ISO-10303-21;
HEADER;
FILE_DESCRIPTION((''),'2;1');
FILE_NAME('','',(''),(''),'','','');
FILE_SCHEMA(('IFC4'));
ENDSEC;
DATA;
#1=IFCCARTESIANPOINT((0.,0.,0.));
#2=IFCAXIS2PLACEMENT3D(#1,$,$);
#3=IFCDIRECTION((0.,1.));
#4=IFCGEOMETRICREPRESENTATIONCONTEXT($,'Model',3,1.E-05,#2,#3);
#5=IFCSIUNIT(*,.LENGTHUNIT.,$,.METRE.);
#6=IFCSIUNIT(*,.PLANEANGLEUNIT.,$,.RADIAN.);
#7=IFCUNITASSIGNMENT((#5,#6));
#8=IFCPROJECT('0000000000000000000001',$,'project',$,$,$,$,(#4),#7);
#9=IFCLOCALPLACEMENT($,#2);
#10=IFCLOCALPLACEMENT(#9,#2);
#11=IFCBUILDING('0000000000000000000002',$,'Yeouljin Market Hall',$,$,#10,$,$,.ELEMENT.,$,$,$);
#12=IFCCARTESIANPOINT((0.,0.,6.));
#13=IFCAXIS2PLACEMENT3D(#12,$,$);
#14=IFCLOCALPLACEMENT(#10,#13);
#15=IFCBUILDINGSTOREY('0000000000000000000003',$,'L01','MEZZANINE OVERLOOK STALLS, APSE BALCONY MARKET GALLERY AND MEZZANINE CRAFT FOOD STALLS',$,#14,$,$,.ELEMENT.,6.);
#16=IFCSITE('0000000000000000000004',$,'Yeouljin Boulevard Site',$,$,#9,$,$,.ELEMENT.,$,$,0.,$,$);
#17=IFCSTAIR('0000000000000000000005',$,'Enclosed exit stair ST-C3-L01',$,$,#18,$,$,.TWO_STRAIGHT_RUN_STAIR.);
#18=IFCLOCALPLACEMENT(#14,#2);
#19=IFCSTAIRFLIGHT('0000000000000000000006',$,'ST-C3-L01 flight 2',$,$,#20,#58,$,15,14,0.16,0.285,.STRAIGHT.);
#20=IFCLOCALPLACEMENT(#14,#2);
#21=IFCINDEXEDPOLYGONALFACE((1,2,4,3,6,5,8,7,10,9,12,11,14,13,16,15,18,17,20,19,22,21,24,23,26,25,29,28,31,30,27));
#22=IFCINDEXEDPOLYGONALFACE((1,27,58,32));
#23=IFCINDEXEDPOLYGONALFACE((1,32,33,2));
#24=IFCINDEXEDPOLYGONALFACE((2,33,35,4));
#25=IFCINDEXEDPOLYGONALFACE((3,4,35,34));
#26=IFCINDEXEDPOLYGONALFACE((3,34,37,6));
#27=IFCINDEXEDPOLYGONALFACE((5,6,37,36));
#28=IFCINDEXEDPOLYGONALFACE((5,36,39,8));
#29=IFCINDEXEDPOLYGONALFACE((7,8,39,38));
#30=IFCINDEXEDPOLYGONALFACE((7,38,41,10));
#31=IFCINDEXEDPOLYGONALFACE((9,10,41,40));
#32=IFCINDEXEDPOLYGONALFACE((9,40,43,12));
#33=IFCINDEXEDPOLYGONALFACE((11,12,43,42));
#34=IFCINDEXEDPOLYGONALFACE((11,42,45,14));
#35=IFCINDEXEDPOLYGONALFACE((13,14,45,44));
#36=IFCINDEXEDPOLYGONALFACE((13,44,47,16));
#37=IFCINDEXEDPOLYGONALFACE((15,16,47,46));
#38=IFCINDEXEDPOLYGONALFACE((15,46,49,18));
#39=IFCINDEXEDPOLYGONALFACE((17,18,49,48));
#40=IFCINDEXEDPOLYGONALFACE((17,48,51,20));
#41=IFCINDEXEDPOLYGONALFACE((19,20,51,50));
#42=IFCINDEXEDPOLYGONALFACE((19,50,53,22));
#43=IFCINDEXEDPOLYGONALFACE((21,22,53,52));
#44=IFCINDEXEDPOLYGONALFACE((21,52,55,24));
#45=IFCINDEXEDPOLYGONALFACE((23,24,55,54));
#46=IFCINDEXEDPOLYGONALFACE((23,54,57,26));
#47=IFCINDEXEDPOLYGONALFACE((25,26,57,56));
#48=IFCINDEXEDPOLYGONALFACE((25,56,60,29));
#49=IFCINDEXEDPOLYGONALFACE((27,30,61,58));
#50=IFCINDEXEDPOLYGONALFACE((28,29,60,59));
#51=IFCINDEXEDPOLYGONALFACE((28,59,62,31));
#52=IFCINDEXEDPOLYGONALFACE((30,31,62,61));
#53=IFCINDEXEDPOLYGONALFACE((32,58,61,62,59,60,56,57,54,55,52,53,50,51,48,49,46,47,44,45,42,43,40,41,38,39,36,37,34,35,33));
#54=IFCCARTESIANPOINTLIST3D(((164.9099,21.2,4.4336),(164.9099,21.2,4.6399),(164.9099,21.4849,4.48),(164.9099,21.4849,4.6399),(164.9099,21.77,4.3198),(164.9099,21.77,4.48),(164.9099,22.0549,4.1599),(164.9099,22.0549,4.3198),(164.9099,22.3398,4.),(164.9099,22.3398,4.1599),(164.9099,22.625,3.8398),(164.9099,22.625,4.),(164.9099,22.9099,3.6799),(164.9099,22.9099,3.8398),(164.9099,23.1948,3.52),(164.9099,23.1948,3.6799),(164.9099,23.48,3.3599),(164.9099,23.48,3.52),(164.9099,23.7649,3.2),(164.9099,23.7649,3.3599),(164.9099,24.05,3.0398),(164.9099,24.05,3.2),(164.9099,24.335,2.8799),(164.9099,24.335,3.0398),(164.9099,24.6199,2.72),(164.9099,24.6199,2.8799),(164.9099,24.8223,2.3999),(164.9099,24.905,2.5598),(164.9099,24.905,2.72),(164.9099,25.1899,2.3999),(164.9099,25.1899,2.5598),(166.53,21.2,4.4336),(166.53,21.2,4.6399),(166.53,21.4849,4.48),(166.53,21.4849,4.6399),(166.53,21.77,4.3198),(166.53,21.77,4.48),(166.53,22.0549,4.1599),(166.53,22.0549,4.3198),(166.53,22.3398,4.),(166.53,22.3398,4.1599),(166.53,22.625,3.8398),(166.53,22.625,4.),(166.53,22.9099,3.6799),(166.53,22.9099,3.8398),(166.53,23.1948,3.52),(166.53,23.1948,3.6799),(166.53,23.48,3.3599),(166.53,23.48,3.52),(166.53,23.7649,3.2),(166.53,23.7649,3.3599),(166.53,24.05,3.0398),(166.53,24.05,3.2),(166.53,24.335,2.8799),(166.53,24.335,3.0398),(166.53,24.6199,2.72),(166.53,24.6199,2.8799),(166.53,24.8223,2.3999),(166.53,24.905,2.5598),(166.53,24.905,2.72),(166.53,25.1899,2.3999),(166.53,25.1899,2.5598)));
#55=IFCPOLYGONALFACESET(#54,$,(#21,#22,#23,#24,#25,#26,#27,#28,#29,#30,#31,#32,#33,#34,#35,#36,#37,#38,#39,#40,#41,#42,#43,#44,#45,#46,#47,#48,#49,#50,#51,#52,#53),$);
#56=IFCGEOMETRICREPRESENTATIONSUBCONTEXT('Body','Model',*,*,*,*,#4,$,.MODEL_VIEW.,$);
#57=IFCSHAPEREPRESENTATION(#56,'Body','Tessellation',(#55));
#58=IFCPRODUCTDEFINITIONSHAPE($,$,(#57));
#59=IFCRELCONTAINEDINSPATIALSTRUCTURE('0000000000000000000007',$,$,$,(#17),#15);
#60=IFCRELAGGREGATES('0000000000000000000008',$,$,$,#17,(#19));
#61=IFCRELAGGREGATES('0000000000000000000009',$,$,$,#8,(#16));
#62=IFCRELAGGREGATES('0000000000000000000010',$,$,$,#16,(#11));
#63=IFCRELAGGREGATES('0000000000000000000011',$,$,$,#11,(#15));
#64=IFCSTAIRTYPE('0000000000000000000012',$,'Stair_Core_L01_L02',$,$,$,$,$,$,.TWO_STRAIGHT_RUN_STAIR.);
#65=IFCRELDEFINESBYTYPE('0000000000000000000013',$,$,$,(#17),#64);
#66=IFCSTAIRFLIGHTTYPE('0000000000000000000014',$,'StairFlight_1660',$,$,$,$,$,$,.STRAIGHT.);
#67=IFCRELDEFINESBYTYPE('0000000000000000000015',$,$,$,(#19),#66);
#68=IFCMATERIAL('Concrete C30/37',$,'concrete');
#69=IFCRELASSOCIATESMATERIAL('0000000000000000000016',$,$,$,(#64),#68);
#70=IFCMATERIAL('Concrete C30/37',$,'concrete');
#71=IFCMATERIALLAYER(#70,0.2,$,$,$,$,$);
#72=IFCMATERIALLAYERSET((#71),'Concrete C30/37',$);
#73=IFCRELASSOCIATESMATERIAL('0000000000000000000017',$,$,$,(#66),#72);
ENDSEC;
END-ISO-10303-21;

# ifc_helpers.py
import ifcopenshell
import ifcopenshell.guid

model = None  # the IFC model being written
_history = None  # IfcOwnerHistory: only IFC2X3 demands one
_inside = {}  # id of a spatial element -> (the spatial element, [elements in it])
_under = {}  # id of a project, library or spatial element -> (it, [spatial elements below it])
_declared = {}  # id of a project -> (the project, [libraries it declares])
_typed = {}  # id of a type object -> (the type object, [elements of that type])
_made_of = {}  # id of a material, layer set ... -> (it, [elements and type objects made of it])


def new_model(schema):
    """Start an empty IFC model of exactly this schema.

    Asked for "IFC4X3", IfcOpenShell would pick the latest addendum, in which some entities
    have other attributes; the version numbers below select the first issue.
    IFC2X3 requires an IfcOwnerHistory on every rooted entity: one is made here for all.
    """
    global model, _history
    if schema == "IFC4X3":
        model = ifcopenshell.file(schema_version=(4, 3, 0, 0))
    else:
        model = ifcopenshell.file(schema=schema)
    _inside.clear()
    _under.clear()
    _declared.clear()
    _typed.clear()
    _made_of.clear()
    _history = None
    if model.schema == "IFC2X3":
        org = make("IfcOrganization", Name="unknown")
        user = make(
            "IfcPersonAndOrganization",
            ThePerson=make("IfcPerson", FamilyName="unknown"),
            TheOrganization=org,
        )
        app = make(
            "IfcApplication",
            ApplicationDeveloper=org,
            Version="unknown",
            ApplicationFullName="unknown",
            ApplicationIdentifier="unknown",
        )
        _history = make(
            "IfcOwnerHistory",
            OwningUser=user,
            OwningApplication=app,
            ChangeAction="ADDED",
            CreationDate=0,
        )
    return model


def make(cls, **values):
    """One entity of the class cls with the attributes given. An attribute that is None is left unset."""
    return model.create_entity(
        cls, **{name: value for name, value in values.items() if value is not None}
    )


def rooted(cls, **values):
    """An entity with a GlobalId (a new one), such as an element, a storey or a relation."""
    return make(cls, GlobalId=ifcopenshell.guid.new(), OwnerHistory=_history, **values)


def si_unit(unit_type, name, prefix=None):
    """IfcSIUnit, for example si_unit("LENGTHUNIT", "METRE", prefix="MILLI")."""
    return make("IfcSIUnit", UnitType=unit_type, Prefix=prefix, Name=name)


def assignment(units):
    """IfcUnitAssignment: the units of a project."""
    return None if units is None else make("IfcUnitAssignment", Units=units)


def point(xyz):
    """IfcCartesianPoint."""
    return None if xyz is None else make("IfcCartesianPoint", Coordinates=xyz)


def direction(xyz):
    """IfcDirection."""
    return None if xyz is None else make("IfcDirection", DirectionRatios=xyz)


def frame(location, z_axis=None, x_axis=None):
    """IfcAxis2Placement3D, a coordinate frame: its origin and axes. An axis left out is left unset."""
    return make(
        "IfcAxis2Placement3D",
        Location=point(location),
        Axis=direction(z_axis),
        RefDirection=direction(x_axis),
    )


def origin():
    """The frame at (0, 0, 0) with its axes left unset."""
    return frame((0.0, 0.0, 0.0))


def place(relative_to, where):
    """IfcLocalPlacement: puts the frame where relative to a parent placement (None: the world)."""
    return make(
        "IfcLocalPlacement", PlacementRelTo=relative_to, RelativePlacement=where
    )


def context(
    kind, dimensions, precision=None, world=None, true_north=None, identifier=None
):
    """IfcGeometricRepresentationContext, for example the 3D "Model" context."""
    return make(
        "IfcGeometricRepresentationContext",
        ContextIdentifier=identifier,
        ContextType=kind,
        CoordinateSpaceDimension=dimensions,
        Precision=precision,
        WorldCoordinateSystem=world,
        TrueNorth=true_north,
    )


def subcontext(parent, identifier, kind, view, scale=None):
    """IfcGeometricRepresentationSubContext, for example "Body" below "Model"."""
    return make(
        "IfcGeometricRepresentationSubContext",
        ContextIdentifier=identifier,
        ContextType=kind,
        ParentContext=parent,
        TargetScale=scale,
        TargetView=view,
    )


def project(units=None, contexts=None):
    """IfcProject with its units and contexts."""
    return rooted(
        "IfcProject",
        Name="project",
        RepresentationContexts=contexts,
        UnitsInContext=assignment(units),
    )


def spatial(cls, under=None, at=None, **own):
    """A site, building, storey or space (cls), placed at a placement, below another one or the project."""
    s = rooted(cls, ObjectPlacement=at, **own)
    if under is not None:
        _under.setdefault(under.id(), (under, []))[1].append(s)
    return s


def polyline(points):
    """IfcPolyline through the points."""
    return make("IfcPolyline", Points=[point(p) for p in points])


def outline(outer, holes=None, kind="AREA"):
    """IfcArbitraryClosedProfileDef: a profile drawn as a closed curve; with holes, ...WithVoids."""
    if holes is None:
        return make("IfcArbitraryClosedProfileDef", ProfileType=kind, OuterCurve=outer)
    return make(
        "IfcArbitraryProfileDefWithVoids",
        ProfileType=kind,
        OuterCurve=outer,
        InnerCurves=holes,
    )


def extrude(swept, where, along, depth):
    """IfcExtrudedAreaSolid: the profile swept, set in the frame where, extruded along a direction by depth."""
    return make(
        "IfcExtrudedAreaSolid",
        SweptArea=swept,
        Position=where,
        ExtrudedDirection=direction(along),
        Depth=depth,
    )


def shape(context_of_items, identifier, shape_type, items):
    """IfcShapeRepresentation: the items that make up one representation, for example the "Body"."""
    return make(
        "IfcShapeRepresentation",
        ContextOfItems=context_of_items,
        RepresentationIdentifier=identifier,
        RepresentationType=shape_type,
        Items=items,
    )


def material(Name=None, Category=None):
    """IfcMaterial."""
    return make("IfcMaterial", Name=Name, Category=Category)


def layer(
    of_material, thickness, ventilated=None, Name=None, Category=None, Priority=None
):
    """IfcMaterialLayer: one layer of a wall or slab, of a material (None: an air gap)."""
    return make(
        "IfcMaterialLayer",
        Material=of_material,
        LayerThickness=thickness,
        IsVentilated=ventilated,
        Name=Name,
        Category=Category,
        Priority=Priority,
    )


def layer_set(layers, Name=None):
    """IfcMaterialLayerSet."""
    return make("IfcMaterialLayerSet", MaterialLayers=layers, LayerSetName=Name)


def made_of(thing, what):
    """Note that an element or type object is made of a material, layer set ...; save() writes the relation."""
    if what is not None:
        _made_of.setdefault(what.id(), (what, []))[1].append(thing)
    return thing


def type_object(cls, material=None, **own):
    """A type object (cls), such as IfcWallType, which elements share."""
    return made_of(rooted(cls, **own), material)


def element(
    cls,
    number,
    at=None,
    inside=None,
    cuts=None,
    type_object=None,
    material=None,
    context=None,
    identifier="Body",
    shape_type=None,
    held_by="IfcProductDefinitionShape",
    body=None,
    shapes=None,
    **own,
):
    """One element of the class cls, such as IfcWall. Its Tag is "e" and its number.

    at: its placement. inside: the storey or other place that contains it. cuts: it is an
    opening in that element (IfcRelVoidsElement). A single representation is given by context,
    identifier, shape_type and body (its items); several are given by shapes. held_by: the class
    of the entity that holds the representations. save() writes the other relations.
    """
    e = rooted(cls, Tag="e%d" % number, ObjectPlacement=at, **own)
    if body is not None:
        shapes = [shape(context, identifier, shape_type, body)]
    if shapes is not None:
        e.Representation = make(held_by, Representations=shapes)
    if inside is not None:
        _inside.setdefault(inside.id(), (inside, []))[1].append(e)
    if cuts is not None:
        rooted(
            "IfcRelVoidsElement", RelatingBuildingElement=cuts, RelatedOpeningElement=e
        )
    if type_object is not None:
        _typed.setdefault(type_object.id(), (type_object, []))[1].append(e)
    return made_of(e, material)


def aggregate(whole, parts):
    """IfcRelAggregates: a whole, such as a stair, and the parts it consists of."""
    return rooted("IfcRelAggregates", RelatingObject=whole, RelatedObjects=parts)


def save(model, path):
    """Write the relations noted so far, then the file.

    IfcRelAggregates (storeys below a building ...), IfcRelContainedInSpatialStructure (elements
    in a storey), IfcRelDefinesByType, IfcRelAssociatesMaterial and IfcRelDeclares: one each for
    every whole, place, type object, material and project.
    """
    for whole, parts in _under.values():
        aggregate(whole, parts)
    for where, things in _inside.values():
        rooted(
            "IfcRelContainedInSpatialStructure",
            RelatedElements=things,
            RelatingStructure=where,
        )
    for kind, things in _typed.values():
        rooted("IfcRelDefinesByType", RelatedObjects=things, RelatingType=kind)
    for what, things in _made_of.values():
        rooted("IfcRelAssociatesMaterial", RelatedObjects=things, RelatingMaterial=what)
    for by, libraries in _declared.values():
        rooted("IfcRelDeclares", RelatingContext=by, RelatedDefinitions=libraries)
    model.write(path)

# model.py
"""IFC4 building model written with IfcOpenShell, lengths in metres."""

from ifc_helpers import new_model, si_unit, direction, frame, origin, place, context, subcontext, project, spatial, polyline, outline, extrude, material, layer, layer_set, type_object, element, aggregate, save


model = new_model("IFC4")

# Units and contexts
model_context = context("Model", 3, precision=1e-05, world=origin(), true_north=direction((0.0, 1.0)))
body_context = subcontext(model_context, "Body", "Model", "MODEL_VIEW")
ifc_project = project(units=[si_unit("LENGTHUNIT", "METRE"), si_unit("PLANEANGLEUNIT", "RADIAN")], contexts=[model_context])

# Site, building, storey
site_placement = place(None, origin())
site = spatial("IfcSite", under=ifc_project, at=site_placement, Name="Yeouljin Boulevard Site", CompositionType="ELEMENT", RefElevation=0.0)
building_placement = place(site_placement, origin())
building = spatial("IfcBuilding", under=site, at=building_placement, Name="Yeouljin Market Hall", CompositionType="ELEMENT")
storey_placement = place(building_placement, frame((0.0, 0.0, 6.0)))
storey = spatial("IfcBuildingStorey", under=building, at=storey_placement, Name="L01", Description="MEZZANINE OVERLOOK STALLS, APSE BALCONY MARKET GALLERY AND MEZZANINE CRAFT FOOD STALLS", CompositionType="ELEMENT", Elevation=6.0)

# Stair, stair flight
ifc_material_1 = material(Name="Concrete C30/37", Category="concrete")
stair_type = type_object("IfcStairType", Name="Stair_Core_L01_L02", PredefinedType="TWO_STRAIGHT_RUN_STAIR", material=ifc_material_1)
stair_placement = place(storey_placement, origin())
stair = element("IfcStair", 1, at=stair_placement, inside=storey, type_object=stair_type, Name="Enclosed exit stair ST-C3-L01", PredefinedType="TWO_STRAIGHT_RUN_STAIR")
ifc_material_2 = material(Name="Concrete C30/37", Category="concrete")
ifc_layer_1 = layer(ifc_material_2, 0.2)
ifc_layer_set_1 = layer_set([ifc_layer_1], Name="Concrete C30/37")
stair_flight_type = type_object("IfcStairFlightType", Name="StairFlight_1660", PredefinedType="STRAIGHT", material=ifc_layer_set_1)
stair_flight_1_placement = place(storey_placement, frame((165.72, 25.1899, 2.3999), z_axis=(0.0, 0.0, 1.0), x_axis=(0.0, -1.0, 0.0)))
stair_flight_1 = element("IfcStairFlight", 2, at=stair_flight_1_placement, type_object=stair_flight_type, Name="ST-C3-L01 flight 2", NumberOfRisers=15, NumberOfTreads=14, PredefinedType="STRAIGHT", RiserHeight=0.16, TreadLength=0.285, context=body_context, shape_type="SweptSolid", body=[
    extrude(outline(polyline([(0.0, 0.0), (0.0, 0.1599), (0.2849, 0.1599), (0.2849, 0.3201), (0.5701, 0.3201), (0.5701, 0.48), (0.855, 0.48), (0.855, 0.6399), (1.1399, 0.6399), (1.1399, 0.8), (1.425, 0.8), (1.425, 0.96), (1.71, 0.96), (1.71, 1.1201), (1.9951, 1.1201), (1.9951, 1.28), (2.28, 1.28), (2.28, 1.4399), (2.5649, 1.4399), (2.5649, 1.6001), (2.8501, 1.6001), (2.8501, 1.76), (3.135, 1.76), (3.135, 1.9199), (3.4199, 1.9199), (3.4199, 2.0801), (3.7051, 2.0801), (3.7051, 2.24), (3.99, 2.24), (3.99, 2.3999), (3.99, 2.0337), (0.3677, 0.0), (0.0, 0.0)])), frame((0.0, 0.8101, 0.0), z_axis=(0.0, -1.0, 0.0), x_axis=(1.0, 0.0, 0.0)), (0.0, 0.0, 1.0), 1.6201),
])
aggregate(stair, [stair_flight_1])

save(model, "model.ifc")
